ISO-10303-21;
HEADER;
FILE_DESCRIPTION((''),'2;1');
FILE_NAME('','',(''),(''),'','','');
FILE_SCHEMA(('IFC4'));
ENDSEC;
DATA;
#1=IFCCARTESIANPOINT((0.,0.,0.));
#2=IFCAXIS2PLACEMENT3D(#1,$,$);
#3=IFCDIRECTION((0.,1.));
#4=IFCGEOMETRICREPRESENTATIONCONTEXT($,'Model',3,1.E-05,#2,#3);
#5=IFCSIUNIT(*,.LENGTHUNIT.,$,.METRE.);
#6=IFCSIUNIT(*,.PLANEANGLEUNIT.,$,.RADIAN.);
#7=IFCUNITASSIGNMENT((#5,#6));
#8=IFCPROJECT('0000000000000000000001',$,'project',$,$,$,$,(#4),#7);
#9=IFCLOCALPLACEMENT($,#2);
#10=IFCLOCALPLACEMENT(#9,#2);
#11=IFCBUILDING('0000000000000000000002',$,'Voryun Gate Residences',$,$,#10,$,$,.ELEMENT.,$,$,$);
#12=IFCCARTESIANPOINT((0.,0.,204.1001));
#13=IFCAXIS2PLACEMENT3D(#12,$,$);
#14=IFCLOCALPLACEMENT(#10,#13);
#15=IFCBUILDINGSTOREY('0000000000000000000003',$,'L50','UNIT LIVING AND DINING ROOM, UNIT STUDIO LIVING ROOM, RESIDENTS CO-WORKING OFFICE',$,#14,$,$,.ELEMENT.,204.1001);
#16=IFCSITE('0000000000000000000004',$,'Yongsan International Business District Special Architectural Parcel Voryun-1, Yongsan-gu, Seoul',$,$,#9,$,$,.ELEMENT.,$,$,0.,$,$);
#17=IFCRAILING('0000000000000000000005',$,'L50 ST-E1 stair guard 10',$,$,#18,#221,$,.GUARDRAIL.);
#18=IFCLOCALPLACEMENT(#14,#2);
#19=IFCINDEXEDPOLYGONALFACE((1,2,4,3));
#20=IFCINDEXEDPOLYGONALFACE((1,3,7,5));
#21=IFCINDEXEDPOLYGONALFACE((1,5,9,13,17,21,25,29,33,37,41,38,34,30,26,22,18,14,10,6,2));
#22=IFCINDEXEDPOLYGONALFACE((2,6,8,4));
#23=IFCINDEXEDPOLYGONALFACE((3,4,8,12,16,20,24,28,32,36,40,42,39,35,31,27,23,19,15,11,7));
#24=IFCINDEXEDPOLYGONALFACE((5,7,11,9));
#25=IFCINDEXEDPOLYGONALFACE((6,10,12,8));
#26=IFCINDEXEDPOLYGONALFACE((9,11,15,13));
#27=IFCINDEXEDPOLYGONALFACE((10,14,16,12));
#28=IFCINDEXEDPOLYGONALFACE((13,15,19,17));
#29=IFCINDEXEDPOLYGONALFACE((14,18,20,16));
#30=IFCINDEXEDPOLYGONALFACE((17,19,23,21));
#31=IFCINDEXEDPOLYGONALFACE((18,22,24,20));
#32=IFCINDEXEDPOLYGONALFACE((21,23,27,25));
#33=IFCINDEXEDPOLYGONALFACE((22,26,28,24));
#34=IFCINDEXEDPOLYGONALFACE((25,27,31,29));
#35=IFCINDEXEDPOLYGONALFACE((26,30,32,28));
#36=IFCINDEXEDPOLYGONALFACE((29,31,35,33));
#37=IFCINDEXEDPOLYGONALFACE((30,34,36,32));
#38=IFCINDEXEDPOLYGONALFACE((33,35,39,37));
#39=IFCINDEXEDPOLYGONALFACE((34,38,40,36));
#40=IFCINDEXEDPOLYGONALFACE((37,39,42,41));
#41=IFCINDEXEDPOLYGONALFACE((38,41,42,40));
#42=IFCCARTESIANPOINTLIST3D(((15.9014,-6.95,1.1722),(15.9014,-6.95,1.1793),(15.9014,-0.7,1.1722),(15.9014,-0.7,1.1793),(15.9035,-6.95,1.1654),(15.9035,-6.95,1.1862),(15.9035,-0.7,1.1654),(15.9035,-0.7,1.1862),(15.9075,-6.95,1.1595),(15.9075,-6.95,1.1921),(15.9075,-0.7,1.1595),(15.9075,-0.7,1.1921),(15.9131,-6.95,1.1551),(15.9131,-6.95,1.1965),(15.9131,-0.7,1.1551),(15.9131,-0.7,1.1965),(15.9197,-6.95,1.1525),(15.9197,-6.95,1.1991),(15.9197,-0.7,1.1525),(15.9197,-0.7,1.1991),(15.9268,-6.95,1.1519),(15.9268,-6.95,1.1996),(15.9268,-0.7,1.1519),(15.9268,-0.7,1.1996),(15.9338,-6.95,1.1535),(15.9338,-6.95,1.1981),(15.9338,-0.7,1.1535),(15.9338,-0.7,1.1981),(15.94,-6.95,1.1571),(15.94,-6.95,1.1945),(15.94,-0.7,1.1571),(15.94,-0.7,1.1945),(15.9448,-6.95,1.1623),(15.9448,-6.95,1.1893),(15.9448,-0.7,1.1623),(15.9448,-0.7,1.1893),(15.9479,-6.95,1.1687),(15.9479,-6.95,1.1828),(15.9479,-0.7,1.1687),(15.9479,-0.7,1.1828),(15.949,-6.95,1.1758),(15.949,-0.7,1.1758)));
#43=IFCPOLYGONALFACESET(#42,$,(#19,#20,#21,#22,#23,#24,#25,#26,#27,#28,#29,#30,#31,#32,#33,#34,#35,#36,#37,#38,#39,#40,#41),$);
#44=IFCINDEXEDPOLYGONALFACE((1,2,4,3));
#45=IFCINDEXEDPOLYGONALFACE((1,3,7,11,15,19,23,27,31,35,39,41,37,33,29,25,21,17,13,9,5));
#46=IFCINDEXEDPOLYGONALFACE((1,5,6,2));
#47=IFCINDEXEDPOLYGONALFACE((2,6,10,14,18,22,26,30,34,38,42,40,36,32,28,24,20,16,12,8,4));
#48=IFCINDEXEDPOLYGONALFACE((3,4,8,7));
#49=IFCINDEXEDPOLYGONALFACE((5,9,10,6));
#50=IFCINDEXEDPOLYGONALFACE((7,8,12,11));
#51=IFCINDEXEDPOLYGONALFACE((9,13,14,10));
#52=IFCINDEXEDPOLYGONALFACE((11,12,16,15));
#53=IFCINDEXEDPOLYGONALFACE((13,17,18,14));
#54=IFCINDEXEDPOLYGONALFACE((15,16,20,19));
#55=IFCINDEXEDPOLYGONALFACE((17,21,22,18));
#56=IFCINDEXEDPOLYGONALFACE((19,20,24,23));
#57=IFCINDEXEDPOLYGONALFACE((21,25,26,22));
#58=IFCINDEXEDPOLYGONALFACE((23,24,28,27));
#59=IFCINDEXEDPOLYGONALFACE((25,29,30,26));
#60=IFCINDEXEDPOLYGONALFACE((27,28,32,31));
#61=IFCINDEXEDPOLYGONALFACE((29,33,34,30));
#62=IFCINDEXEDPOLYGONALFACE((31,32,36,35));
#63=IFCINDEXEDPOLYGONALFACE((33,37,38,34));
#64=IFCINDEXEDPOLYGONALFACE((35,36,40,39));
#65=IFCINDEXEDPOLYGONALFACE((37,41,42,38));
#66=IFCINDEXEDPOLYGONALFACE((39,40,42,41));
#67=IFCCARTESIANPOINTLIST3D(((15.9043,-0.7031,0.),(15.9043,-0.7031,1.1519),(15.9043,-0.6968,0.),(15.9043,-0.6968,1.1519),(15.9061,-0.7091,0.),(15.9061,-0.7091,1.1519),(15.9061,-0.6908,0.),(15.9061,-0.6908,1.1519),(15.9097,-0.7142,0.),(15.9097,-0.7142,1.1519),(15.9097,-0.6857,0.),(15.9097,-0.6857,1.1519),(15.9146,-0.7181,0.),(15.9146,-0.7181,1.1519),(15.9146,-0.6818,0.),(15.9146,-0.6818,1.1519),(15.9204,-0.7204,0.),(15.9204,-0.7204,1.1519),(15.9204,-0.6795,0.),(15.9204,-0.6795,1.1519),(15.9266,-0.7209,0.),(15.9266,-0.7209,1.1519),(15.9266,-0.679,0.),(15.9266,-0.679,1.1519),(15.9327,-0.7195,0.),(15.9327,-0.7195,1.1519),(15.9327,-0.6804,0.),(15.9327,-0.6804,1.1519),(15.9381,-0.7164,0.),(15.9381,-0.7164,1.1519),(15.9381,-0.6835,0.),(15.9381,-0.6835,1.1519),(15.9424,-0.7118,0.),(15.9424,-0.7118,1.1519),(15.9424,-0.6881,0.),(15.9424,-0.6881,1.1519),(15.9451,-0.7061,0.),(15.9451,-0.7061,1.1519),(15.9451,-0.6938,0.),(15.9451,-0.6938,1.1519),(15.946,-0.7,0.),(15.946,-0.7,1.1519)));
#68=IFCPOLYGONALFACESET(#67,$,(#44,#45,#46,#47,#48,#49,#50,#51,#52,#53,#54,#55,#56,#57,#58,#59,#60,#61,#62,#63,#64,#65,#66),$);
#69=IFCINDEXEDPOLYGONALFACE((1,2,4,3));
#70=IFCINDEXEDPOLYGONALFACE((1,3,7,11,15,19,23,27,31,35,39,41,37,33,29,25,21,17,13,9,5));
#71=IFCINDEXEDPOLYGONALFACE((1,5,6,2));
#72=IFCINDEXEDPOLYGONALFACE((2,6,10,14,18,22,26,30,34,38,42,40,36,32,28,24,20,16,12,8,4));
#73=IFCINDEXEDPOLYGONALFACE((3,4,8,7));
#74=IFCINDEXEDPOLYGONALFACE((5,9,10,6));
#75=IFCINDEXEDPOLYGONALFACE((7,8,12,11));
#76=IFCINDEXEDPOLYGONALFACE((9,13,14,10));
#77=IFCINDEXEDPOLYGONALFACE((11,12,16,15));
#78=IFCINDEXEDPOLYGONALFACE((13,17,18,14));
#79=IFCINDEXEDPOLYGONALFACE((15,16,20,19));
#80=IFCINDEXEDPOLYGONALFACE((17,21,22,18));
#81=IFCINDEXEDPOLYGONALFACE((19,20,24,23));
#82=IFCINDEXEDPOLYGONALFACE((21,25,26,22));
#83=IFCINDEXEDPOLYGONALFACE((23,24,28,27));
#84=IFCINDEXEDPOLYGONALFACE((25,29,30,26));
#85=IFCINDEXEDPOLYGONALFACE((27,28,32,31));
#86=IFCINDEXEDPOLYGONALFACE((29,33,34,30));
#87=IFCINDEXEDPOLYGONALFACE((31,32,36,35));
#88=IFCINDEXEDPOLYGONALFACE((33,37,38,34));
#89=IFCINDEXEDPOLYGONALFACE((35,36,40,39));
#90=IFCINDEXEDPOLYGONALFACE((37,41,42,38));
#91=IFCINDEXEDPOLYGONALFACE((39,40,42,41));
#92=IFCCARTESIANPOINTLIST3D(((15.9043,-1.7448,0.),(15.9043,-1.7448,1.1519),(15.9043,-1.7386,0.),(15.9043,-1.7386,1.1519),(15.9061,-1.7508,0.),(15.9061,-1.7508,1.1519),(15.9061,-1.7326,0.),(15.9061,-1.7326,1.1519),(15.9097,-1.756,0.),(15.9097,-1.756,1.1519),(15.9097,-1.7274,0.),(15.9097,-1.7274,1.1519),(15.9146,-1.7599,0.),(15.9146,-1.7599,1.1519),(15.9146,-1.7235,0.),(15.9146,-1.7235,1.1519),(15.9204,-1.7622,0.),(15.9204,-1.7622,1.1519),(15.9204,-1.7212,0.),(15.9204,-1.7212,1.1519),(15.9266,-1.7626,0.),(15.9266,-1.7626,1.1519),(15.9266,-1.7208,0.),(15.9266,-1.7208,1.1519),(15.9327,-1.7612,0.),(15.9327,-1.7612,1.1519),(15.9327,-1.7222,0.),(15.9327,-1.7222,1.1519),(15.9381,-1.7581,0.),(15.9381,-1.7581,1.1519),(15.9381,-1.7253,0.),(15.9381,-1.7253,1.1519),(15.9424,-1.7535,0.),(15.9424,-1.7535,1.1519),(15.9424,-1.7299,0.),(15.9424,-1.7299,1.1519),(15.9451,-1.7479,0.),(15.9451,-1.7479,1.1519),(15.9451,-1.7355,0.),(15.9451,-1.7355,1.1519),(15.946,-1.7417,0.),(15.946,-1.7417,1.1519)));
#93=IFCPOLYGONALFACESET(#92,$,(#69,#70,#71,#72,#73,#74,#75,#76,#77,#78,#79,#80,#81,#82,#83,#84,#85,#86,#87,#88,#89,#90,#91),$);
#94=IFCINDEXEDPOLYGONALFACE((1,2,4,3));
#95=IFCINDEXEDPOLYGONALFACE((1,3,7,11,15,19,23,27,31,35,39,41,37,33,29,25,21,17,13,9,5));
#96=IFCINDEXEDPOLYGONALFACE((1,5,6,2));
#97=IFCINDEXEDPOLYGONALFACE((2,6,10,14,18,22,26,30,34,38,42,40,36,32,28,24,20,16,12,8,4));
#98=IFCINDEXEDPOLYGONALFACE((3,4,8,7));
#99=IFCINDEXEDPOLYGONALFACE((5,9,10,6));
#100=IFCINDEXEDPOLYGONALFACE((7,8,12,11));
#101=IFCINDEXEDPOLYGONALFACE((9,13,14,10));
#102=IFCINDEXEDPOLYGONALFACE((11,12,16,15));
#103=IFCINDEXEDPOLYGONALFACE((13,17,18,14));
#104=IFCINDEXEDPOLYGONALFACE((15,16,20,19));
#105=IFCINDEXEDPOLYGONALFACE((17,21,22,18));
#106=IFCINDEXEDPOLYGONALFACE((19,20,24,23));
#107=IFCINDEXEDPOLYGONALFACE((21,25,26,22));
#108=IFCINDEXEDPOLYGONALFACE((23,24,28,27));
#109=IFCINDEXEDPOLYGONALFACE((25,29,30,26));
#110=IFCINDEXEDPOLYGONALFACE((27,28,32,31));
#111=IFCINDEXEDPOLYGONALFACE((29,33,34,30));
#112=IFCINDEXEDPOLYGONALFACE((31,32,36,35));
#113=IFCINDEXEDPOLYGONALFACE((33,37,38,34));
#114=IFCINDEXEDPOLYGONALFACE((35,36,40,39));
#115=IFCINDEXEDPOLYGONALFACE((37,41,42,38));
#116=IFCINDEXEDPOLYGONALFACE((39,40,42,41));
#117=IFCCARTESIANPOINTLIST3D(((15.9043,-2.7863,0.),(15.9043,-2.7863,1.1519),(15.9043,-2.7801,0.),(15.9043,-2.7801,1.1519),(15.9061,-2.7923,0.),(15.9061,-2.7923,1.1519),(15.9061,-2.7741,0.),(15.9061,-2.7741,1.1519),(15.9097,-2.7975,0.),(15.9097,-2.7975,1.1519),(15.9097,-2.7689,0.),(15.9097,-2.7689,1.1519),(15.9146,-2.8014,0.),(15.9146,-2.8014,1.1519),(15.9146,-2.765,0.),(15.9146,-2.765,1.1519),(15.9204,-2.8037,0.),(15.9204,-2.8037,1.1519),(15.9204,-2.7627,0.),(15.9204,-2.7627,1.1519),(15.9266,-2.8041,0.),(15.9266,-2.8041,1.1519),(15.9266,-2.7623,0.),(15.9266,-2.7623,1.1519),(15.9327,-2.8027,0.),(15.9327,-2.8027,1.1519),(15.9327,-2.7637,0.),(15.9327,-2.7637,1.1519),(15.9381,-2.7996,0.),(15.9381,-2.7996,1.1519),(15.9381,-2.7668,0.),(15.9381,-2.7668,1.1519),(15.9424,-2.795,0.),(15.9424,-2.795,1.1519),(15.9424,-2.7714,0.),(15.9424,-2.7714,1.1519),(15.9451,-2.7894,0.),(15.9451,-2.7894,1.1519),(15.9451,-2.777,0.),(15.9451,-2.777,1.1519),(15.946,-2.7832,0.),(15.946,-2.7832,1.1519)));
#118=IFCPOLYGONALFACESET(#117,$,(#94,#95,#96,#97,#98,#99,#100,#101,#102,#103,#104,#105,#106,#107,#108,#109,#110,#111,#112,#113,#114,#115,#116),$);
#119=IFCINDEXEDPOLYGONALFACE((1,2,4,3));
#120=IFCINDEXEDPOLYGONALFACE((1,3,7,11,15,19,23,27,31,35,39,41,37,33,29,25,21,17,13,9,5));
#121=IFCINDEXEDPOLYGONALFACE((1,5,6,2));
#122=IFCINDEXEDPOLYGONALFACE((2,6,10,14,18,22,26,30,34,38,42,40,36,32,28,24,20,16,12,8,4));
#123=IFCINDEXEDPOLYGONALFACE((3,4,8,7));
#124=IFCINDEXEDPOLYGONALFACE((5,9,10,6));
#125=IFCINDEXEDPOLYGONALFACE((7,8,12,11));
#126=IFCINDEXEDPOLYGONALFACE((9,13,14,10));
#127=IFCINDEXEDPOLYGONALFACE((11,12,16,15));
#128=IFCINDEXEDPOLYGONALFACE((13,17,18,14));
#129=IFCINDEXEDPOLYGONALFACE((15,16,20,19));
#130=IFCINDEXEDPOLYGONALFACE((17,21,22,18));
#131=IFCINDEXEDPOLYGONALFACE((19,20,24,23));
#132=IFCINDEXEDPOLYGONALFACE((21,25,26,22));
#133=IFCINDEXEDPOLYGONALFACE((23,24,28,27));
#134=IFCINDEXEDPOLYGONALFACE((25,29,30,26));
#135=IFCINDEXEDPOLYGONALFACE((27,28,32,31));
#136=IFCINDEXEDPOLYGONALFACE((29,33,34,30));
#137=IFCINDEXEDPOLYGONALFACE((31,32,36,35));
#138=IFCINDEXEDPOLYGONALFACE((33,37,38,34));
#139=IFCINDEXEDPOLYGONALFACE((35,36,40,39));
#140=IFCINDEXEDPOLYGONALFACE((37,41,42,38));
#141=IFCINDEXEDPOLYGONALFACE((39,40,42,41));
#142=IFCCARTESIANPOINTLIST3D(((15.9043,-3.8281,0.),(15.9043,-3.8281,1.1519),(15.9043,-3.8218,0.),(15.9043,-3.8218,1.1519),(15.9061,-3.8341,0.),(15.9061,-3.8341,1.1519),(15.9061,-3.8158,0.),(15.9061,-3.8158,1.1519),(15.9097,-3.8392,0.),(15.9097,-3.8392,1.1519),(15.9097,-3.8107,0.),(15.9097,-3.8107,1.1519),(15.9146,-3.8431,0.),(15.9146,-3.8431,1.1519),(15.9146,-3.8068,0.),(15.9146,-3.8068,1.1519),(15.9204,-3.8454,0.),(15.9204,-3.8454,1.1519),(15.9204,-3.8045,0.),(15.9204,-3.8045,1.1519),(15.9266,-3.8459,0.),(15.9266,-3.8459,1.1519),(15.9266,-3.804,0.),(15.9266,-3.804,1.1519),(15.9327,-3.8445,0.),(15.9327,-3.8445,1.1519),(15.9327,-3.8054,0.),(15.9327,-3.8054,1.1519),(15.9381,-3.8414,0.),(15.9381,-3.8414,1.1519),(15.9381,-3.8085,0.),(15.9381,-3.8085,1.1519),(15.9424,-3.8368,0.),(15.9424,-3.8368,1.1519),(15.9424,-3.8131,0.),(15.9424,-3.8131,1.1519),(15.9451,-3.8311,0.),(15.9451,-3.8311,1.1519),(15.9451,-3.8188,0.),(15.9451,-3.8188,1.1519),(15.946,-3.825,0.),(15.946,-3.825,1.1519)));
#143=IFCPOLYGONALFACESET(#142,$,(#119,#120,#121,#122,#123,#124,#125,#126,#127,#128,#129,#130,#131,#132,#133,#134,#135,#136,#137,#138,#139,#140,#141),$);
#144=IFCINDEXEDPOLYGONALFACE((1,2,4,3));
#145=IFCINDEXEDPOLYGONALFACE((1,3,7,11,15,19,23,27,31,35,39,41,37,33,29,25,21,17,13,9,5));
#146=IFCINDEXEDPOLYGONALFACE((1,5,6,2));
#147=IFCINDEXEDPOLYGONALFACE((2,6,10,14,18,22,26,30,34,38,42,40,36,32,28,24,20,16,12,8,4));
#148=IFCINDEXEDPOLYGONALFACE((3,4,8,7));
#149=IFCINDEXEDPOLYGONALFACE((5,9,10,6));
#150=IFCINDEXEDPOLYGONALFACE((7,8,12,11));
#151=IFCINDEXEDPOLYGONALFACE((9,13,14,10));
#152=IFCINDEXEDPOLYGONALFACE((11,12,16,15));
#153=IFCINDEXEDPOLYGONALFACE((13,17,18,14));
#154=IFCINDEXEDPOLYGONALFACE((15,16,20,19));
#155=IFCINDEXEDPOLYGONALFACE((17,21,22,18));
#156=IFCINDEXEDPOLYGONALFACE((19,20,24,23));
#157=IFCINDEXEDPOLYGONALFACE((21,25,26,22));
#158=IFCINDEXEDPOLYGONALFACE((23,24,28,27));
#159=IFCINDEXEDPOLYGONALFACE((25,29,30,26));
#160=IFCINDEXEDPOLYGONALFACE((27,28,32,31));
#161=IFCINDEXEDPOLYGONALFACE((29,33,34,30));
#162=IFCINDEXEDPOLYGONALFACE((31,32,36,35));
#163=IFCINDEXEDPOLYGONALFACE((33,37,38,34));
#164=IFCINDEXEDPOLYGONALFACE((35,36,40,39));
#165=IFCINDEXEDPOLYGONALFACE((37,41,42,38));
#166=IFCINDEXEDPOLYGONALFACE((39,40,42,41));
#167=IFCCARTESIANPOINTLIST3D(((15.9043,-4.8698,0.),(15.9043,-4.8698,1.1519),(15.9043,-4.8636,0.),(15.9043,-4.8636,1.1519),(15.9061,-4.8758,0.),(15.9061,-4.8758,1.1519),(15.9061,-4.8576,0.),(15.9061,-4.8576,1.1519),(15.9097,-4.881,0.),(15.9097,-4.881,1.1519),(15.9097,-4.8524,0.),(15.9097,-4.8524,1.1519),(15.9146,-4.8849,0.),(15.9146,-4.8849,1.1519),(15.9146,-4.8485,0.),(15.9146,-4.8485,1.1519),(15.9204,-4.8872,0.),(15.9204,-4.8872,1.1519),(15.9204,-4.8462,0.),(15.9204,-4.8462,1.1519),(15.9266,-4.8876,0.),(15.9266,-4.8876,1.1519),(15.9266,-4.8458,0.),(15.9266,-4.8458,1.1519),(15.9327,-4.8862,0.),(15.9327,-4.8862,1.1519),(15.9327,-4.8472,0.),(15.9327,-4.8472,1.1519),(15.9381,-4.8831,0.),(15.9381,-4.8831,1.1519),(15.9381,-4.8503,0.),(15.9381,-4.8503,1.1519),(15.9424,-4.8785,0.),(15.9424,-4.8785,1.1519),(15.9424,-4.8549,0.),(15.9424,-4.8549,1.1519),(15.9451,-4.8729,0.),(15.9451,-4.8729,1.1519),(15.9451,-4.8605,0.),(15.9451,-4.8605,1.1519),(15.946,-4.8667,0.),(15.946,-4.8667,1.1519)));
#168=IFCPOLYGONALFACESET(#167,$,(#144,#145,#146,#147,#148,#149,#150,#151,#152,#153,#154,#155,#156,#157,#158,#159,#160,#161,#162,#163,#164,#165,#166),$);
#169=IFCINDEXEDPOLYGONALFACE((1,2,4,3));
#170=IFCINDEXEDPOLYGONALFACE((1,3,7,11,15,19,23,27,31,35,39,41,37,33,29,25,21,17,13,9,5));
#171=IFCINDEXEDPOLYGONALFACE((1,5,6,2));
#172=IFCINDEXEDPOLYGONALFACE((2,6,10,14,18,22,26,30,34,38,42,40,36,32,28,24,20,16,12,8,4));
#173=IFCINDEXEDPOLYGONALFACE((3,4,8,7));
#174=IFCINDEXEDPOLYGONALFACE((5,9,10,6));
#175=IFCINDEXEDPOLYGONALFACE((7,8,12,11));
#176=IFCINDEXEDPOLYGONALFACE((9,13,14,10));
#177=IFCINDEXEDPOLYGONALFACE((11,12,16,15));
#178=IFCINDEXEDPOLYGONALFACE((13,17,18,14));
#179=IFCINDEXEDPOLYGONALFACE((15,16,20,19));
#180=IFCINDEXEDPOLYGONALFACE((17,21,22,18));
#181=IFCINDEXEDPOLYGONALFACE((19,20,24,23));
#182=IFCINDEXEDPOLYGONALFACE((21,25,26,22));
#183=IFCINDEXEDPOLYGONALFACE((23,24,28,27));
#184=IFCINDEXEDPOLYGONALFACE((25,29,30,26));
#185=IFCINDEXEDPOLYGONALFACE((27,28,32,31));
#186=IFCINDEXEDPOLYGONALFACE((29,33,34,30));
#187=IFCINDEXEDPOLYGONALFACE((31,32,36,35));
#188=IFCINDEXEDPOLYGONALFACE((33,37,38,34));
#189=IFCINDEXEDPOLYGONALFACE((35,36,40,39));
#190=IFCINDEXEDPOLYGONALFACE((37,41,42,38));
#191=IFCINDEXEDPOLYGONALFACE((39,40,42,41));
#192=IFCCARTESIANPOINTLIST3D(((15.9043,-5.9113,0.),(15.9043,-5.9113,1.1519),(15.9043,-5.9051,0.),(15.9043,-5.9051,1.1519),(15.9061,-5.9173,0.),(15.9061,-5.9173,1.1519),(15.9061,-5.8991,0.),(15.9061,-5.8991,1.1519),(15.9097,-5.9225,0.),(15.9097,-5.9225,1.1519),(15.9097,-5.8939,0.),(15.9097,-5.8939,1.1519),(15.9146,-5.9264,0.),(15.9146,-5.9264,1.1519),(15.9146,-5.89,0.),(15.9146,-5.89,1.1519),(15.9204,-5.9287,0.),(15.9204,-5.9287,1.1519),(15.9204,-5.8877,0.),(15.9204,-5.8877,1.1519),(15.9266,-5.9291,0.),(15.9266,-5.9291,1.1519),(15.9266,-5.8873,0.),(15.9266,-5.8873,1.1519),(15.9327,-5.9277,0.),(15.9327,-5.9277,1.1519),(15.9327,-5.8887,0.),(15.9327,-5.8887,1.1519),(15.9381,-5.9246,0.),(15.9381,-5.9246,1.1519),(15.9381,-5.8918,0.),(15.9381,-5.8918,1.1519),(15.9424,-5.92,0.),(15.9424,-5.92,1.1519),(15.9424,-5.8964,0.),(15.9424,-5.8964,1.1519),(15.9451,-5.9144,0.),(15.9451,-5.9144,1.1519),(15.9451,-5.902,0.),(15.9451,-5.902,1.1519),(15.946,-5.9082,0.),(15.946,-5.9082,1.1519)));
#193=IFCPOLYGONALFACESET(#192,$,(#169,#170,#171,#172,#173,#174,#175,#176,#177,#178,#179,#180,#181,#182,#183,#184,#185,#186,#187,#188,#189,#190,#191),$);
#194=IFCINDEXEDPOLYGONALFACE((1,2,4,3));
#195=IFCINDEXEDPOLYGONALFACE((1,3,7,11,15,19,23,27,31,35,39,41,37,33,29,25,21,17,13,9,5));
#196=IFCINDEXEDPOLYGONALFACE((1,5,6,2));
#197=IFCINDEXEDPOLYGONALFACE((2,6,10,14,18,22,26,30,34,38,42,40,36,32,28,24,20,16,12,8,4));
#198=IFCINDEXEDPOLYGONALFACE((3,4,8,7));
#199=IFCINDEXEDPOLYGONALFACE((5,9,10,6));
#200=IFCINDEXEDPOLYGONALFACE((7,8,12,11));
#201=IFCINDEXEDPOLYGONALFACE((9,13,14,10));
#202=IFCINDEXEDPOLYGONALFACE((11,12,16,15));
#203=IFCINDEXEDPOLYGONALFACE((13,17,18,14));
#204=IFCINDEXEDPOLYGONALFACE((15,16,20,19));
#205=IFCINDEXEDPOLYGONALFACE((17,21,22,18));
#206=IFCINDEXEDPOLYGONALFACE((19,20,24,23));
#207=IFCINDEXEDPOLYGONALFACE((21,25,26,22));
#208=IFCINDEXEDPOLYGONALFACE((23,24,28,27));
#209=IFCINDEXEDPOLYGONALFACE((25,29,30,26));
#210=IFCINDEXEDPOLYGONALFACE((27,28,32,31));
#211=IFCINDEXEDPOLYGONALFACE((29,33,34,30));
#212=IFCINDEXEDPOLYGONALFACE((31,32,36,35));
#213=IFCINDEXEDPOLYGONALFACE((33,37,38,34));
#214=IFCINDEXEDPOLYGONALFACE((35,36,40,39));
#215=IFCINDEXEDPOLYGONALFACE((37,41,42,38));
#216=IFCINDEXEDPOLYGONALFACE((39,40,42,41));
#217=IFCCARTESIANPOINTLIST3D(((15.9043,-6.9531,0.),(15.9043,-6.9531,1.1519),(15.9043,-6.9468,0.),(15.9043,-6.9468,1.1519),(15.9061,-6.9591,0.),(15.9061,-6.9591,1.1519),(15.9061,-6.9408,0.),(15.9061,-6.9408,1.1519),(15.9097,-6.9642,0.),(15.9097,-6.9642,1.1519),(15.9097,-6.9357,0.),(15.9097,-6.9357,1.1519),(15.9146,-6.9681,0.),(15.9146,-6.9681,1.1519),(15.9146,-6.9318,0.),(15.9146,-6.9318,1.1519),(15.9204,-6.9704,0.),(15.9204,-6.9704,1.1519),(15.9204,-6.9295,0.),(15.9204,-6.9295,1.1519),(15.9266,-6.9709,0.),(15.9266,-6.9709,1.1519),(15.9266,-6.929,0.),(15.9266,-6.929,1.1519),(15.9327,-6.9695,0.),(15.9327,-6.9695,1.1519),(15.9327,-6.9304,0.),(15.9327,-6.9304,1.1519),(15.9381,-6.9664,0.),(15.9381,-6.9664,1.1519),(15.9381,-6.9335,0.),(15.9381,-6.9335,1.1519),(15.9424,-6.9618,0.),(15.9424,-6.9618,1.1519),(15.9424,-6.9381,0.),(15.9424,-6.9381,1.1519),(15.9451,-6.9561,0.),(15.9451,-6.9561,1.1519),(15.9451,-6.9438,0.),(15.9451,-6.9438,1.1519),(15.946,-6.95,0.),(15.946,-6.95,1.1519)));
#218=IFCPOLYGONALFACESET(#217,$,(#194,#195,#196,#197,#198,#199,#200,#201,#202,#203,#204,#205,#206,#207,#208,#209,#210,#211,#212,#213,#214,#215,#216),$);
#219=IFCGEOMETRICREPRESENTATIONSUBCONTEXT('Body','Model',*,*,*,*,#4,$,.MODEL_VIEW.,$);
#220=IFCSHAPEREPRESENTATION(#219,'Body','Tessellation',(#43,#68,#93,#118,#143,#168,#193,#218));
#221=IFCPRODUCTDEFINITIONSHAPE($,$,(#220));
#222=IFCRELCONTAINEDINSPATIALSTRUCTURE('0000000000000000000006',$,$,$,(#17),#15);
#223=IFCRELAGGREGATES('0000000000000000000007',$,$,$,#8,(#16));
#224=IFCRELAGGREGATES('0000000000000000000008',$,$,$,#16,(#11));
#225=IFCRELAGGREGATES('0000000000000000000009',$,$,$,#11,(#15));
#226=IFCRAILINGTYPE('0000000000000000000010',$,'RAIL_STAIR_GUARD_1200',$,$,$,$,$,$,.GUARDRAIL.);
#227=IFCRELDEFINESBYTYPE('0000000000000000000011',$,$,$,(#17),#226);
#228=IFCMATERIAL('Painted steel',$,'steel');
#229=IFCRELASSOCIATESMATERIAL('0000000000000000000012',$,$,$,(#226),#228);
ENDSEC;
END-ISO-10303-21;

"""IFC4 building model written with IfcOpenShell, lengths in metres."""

from ifc_helpers import new_model, si_unit, direction, frame, origin, origin_2d, place, context, subcontext, project, spatial, circle, extrude, material, type_object, element, save


model = new_model("IFC4")

# Units and contexts
model_context = context("Model", 3, precision=1e-05, world=origin(), true_north=direction((0.0, 1.0)))
body_context = subcontext(model_context, "Body", "Model", "MODEL_VIEW")
ifc_project = project(units=[si_unit("LENGTHUNIT", "METRE"), si_unit("PLANEANGLEUNIT", "RADIAN")], contexts=[model_context])

# Site, building, storey
site_placement = place(None, origin())
site = spatial("IfcSite", under=ifc_project, at=site_placement, Name="Yongsan International Business District Special Architectural Parcel Voryun-1, Yongsan-gu, Seoul", CompositionType="ELEMENT", RefElevation=0.0)
building_placement = place(site_placement, origin())
building = spatial("IfcBuilding", under=site, at=building_placement, Name="Voryun Gate Residences", CompositionType="ELEMENT")
storey_placement = place(building_placement, frame((0.0, 0.0, 204.1001)))
storey = spatial("IfcBuildingStorey", under=building, at=storey_placement, Name="L50", Description="UNIT LIVING AND DINING ROOM, UNIT STUDIO LIVING ROOM, RESIDENTS CO-WORKING OFFICE", CompositionType="ELEMENT", Elevation=204.1001)

# Railing
ifc_material_1 = material(Name="Painted steel", Category="steel")
railing_type_1 = type_object("IfcRailingType", Name="RAIL_STAIR_GUARD_1200", PredefinedType="GUARDRAIL", material=ifc_material_1)
railing_1_placement = place(storey_placement, frame((15.925, -0.7, 0.0)))
element("IfcRailing", 1, at=railing_1_placement, inside=storey, type_object=railing_type_1, Name="L50 ST-E1 stair guard 10", PredefinedType="GUARDRAIL", context=body_context, shape_type="SweptSolid", body=[
    extrude(circle(Radius=0.0239, at=origin_2d()), frame((0.0, 0.0, 1.1758), z_axis=(0.0, -1.0, 0.0), x_axis=(1.0, 0.0, 0.0)), (0.0, 0.0, 1.0), 6.25),
    extrude(circle(Radius=0.021, at=origin_2d()), origin(), (0.0, 0.0, 1.0), 1.1519),
    extrude(circle(Radius=0.021, at=origin_2d()), frame((0.0, -1.0417, 0.0)), (0.0, 0.0, 1.0), 1.1519),
    extrude(circle(Radius=0.021, at=origin_2d()), frame((0.0, -2.0833, 0.0)), (0.0, 0.0, 1.0), 1.1519),
    extrude(circle(Radius=0.021, at=origin_2d()), frame((0.0, -3.125, 0.0)), (0.0, 0.0, 1.0), 1.1519),
    extrude(circle(Radius=0.021, at=origin_2d()), frame((0.0, -4.1667, 0.0)), (0.0, 0.0, 1.0), 1.1519),
    extrude(circle(Radius=0.021, at=origin_2d()), frame((0.0, -5.2083, 0.0)), (0.0, 0.0, 1.0), 1.1519),
    extrude(circle(Radius=0.021, at=origin_2d()), frame((0.0, -6.25, 0.0)), (0.0, 0.0, 1.0), 1.1519),
])

save(model, "model.ifc")
